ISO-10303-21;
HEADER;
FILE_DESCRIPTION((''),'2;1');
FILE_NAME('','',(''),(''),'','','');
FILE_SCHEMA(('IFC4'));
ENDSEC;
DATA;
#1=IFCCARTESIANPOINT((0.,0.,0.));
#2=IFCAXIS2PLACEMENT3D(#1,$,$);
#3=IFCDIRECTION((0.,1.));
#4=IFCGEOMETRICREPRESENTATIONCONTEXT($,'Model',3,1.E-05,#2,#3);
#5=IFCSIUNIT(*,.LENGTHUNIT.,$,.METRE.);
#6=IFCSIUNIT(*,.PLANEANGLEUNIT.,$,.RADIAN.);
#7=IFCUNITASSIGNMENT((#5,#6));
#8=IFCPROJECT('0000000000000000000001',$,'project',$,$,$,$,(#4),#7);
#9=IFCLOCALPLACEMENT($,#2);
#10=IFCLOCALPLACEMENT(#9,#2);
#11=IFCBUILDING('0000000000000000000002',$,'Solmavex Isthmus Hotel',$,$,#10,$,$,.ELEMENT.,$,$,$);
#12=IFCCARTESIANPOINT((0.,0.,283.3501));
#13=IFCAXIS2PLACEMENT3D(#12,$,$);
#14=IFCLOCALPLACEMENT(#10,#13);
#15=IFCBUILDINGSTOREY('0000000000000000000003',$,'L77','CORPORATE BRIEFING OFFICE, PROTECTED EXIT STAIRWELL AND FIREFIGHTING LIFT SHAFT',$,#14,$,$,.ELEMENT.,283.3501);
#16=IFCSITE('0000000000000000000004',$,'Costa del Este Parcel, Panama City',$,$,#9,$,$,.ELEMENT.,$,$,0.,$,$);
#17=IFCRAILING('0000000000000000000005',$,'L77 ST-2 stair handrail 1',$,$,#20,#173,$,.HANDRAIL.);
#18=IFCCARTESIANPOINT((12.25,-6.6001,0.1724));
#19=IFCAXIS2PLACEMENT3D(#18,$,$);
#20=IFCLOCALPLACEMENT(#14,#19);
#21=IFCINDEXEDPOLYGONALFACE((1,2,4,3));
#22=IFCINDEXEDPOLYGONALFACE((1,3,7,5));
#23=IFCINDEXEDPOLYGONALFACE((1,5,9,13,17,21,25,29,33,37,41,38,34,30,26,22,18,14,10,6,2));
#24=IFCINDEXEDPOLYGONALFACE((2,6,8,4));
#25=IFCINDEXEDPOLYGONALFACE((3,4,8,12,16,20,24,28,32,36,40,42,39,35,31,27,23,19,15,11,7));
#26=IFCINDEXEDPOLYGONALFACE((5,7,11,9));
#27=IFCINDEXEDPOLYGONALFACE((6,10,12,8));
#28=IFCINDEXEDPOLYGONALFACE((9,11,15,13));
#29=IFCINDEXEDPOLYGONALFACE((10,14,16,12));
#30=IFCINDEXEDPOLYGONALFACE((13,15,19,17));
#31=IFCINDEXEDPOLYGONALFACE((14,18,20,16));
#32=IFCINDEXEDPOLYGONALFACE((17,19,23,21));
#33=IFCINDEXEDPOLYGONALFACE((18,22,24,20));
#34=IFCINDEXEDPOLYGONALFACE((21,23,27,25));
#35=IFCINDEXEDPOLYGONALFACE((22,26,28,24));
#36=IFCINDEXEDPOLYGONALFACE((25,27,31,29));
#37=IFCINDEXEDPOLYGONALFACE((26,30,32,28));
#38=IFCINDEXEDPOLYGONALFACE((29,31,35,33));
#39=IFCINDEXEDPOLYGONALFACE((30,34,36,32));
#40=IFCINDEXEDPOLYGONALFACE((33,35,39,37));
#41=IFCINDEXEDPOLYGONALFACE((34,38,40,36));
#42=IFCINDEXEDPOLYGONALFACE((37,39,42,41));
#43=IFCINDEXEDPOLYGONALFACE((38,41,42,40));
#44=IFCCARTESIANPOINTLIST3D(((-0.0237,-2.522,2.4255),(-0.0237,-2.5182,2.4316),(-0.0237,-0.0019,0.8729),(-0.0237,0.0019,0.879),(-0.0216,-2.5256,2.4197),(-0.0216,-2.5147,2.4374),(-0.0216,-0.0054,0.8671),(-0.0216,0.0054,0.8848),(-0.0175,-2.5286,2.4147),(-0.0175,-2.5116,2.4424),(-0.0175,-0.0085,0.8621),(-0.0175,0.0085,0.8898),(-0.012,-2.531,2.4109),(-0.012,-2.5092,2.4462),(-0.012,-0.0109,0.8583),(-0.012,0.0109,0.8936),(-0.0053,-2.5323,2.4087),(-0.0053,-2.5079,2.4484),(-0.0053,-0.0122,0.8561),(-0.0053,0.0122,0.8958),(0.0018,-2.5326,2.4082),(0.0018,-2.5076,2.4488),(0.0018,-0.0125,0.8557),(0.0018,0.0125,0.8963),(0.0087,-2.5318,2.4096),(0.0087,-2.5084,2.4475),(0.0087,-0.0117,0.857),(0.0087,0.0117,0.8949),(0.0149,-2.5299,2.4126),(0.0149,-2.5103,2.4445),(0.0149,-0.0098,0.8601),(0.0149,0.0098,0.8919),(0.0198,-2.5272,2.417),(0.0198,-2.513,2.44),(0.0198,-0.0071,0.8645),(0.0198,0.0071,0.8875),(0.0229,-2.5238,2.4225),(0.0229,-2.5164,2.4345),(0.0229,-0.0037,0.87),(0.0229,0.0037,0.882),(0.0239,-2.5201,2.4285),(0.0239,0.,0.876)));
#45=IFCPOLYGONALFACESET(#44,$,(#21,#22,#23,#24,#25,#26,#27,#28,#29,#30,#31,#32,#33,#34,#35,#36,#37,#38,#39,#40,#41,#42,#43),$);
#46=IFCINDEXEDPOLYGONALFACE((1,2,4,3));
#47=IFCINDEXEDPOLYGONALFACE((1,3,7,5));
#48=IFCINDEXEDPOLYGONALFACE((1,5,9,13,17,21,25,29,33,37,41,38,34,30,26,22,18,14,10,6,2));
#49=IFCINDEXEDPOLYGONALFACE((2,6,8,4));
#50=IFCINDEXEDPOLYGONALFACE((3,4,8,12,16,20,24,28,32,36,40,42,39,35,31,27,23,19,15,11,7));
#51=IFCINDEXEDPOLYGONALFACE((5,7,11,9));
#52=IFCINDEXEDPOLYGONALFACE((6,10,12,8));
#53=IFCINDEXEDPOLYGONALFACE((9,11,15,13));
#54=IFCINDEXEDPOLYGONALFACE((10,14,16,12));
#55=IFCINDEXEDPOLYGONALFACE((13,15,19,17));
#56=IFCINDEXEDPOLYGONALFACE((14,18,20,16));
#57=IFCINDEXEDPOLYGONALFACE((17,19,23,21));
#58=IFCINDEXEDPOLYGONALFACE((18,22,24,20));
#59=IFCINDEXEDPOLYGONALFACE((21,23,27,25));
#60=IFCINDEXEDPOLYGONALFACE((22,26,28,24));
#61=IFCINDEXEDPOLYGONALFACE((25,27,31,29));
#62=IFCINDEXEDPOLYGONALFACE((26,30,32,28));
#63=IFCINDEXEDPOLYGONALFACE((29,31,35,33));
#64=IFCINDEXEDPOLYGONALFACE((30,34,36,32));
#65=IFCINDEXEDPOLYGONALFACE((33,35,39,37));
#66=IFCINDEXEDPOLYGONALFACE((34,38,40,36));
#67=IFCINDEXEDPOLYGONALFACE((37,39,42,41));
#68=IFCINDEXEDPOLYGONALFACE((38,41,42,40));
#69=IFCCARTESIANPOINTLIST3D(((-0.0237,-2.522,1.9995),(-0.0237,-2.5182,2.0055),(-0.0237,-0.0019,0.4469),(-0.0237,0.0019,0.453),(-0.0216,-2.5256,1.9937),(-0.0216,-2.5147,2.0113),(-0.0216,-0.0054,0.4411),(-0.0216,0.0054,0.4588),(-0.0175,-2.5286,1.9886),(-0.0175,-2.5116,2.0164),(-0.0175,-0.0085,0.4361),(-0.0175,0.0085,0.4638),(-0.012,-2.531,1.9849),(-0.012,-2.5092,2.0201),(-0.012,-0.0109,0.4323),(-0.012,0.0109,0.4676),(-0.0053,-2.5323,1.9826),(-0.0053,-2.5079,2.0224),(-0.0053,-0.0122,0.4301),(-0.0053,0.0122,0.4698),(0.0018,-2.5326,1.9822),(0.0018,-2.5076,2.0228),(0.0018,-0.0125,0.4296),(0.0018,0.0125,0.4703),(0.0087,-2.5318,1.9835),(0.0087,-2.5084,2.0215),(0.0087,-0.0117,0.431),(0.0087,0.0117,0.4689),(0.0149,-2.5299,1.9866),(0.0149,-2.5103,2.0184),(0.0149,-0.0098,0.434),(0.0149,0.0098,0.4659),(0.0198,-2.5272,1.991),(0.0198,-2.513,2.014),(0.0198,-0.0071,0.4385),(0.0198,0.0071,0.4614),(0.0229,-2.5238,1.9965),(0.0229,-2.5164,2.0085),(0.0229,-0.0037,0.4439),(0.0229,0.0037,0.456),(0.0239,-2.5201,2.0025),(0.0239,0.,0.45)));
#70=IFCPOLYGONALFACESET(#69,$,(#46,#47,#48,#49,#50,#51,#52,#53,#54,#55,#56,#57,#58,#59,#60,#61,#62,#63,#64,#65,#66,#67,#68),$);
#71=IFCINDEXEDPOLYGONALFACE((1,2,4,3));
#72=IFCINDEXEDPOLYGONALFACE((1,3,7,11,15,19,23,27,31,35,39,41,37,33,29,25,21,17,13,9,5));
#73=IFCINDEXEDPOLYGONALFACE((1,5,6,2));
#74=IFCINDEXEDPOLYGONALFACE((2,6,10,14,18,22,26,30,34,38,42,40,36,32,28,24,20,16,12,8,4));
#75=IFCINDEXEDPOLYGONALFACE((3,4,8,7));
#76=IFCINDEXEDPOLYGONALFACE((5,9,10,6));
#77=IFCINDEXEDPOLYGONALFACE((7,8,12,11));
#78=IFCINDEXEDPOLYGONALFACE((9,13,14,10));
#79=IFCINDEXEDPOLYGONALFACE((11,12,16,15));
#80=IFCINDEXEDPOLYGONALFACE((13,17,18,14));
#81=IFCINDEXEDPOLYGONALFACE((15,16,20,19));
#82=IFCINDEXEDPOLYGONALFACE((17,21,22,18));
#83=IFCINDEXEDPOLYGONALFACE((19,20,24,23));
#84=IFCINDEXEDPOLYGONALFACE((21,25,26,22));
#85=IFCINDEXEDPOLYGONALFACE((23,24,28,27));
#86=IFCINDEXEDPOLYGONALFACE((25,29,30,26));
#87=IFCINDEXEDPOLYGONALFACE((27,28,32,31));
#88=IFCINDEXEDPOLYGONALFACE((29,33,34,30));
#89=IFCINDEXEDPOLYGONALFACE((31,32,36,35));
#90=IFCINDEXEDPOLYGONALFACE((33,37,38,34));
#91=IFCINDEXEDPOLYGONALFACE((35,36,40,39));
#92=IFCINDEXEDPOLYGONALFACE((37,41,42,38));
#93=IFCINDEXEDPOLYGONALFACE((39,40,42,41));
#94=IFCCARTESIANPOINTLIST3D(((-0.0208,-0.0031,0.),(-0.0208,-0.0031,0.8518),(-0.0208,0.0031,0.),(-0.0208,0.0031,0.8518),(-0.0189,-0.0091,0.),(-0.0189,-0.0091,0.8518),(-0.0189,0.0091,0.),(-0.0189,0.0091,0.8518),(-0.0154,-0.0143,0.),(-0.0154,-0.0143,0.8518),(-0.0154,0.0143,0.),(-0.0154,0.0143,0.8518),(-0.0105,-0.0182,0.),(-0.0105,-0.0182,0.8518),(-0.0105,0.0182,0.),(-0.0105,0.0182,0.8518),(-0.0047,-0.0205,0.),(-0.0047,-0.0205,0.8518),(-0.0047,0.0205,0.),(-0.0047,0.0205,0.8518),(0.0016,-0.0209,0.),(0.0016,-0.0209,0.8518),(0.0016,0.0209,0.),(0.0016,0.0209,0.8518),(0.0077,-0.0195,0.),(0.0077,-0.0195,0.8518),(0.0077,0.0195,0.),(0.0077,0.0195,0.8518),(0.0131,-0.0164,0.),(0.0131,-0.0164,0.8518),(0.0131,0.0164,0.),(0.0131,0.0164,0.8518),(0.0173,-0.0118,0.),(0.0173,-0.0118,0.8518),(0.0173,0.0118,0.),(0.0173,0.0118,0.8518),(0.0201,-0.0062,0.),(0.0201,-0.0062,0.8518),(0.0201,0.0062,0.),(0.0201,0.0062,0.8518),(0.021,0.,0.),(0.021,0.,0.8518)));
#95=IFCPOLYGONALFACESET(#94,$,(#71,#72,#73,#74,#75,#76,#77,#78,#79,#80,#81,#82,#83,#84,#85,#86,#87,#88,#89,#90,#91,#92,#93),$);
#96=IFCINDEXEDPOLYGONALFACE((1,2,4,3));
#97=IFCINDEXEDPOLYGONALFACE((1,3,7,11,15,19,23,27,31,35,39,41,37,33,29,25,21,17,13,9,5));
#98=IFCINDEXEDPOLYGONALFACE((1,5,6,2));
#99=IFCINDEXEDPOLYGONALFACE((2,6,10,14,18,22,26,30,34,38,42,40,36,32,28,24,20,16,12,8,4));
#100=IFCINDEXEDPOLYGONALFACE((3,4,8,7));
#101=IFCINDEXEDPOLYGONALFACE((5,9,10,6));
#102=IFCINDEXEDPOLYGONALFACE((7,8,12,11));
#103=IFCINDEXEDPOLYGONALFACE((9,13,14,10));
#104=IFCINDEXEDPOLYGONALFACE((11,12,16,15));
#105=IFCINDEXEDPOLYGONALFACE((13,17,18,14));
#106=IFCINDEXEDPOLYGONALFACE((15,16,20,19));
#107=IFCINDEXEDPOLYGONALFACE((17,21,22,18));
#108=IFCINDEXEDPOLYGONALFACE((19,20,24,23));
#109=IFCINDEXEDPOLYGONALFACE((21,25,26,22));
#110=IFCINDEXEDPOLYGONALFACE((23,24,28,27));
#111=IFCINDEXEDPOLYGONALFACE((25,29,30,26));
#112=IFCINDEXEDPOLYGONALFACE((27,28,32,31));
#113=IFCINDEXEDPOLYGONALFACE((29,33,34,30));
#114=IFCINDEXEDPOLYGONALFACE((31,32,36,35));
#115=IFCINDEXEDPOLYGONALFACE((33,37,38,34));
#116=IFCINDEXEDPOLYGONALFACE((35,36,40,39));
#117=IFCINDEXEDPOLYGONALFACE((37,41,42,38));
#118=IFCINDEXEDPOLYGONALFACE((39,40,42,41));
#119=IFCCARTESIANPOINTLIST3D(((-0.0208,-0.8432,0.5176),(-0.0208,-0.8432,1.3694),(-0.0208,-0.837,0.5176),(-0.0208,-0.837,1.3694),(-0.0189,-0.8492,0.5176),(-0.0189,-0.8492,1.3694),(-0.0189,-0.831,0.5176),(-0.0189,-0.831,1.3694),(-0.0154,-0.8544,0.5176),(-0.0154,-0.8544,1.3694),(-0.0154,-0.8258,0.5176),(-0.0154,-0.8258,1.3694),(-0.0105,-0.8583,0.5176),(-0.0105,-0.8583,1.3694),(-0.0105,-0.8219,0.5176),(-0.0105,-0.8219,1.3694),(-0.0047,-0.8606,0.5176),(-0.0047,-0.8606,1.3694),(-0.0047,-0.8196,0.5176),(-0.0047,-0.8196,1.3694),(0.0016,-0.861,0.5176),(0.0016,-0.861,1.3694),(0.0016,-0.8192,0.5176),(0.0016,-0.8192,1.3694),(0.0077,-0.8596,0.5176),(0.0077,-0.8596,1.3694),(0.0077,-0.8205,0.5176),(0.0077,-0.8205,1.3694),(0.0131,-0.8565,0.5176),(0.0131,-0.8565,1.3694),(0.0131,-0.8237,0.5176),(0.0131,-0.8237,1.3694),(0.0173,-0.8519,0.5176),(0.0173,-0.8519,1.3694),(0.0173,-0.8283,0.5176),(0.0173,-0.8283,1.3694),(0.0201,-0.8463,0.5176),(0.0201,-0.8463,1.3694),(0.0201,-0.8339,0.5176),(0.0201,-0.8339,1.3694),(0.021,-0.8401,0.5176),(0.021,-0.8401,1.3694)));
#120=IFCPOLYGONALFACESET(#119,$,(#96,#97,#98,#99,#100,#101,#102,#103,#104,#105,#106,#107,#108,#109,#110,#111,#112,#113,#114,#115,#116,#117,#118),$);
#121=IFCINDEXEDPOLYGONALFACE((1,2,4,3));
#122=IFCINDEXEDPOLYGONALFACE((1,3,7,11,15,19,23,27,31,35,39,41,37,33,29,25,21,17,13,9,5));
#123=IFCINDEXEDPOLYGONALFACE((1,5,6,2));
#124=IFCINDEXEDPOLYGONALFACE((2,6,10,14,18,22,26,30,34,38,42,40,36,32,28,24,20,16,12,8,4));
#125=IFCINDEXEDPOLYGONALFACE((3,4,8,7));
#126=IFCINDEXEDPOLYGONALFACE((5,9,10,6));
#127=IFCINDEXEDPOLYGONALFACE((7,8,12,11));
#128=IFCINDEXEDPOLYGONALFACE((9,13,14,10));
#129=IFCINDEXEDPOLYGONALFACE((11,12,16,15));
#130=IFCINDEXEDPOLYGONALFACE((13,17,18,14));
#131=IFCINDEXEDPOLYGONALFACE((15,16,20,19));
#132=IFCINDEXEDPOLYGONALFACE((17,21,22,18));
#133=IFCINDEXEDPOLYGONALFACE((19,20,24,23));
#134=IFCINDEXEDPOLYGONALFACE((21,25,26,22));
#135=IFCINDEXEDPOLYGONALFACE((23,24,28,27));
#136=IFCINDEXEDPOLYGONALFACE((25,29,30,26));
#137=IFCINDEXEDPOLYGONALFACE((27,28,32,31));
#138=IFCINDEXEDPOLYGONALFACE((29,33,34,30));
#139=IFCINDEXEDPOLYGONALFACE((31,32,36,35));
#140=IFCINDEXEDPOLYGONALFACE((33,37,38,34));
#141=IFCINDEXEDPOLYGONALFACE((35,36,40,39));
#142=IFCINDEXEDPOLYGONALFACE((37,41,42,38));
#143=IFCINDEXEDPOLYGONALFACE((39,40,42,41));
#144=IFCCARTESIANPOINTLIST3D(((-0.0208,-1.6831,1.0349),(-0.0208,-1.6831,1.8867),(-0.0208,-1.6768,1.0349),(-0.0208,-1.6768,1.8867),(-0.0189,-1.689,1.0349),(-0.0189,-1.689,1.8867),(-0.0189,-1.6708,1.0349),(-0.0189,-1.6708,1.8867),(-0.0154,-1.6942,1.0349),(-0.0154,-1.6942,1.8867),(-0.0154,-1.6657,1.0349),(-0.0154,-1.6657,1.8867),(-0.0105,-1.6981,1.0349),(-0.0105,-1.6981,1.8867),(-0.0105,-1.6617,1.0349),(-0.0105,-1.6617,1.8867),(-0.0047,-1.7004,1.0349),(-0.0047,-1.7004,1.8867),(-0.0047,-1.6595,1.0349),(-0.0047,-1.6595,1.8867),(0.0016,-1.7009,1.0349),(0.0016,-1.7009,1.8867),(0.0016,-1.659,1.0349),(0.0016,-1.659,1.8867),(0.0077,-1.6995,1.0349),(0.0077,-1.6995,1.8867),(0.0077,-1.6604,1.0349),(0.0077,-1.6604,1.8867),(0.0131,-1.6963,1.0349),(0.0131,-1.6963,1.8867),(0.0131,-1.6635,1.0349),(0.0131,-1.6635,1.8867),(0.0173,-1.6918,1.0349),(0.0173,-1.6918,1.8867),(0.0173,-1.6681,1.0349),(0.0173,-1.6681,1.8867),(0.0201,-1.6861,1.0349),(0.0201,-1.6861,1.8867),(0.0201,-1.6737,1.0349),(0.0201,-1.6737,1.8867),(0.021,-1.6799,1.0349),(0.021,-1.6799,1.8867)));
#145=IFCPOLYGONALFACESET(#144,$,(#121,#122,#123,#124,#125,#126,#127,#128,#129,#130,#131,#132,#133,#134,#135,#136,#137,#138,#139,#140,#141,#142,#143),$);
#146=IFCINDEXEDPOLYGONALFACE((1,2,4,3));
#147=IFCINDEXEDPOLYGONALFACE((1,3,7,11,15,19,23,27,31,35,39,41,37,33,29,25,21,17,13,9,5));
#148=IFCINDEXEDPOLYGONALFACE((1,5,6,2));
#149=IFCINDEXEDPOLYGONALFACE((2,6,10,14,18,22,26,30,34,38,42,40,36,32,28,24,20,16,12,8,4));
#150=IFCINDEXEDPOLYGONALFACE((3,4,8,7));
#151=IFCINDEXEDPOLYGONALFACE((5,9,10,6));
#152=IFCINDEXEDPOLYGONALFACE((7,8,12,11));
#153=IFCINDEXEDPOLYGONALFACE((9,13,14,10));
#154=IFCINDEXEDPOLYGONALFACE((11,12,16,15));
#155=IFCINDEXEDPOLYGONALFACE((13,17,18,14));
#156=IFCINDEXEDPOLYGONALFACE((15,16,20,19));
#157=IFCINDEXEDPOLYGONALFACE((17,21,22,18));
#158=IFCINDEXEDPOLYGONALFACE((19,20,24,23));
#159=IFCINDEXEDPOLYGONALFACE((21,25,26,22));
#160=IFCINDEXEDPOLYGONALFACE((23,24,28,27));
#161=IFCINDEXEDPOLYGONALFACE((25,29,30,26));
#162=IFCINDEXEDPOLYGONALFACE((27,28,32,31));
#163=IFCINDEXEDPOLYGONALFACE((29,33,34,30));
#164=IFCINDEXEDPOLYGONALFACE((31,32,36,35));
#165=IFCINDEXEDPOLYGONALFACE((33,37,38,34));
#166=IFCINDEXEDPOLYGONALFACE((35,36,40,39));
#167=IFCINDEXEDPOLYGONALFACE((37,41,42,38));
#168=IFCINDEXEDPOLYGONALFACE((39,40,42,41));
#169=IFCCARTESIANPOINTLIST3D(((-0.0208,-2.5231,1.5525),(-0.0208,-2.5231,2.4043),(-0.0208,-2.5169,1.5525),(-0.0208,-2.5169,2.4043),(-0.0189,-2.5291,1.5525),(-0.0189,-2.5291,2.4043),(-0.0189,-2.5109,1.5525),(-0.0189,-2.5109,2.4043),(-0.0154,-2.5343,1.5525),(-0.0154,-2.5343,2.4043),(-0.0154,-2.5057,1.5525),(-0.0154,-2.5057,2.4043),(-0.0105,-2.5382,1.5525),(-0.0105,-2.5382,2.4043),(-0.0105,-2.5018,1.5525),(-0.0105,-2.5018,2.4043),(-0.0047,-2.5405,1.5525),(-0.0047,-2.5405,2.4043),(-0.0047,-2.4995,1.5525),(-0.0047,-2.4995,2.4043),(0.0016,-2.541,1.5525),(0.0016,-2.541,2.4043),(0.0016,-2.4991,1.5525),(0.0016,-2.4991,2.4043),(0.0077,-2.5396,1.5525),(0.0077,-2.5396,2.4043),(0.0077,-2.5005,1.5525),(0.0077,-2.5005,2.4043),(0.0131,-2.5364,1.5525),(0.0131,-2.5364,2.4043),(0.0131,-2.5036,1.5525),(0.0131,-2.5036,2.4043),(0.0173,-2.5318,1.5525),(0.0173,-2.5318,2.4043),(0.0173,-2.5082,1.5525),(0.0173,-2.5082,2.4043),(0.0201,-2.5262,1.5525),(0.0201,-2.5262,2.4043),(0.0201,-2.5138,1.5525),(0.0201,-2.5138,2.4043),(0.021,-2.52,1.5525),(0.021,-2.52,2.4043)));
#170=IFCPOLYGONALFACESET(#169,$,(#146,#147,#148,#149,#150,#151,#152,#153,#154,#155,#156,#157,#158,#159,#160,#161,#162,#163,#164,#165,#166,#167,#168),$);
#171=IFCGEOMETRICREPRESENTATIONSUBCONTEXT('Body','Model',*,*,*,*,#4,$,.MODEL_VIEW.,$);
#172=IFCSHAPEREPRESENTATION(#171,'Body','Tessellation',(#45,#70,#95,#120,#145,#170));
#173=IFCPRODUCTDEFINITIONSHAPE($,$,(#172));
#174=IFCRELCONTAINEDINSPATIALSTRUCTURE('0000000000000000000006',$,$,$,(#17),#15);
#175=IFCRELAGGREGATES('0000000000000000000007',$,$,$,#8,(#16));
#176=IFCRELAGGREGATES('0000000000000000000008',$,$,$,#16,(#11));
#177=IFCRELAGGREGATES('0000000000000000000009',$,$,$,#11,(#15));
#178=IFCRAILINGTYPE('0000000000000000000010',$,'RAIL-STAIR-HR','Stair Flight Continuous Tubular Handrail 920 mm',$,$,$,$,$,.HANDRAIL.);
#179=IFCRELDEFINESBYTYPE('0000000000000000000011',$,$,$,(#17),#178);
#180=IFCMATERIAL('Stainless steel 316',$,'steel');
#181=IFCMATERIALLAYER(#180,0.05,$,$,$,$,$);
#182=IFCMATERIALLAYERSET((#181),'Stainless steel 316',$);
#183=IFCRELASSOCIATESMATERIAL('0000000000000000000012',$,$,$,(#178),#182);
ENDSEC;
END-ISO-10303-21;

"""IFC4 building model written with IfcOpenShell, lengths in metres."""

from ifc_helpers import new_model, si_unit, direction, frame, origin, origin_2d, place, context, subcontext, project, spatial, circle, extrude, material, layer, layer_set, type_object, element, save


model = new_model("IFC4")

# Units and contexts
model_context = context("Model", 3, precision=1e-05, world=origin(), true_north=direction((0.0, 1.0)))
body_context = subcontext(model_context, "Body", "Model", "MODEL_VIEW")
ifc_project = project(units=[si_unit("LENGTHUNIT", "METRE"), si_unit("PLANEANGLEUNIT", "RADIAN")], contexts=[model_context])

# Site, building, storey
site_placement = place(None, origin())
site = spatial("IfcSite", under=ifc_project, at=site_placement, Name="Costa del Este Parcel, Panama City", CompositionType="ELEMENT", RefElevation=0.0)
building_placement = place(site_placement, origin())
building = spatial("IfcBuilding", under=site, at=building_placement, Name="Solmavex Isthmus Hotel", CompositionType="ELEMENT")
storey_placement = place(building_placement, frame((0.0, 0.0, 283.3501)))
storey = spatial("IfcBuildingStorey", under=building, at=storey_placement, Name="L77", Description="CORPORATE BRIEFING OFFICE, PROTECTED EXIT STAIRWELL AND FIREFIGHTING LIFT SHAFT", CompositionType="ELEMENT", Elevation=283.3501)

# Railing
ifc_material_1 = material(Name="Stainless steel 316", Category="steel")
ifc_layer_1 = layer(ifc_material_1, 0.05)
ifc_layer_set_1 = layer_set([ifc_layer_1], Name="Stainless steel 316")
railing_type_1 = type_object("IfcRailingType", Name="RAIL-STAIR-HR", Description="Stair Flight Continuous Tubular Handrail 920 mm", PredefinedType="HANDRAIL", material=ifc_layer_set_1)
railing_1_placement = place(storey_placement, frame((12.25, -6.6001, 0.1724)))
element("IfcRailing", 1, at=railing_1_placement, inside=storey, type_object=railing_type_1, Name="L77 ST-2 stair handrail 1", PredefinedType="HANDRAIL", context=body_context, shape_type="SweptSolid", body=[
    extrude(circle(Radius=0.0239, at=origin_2d()), frame((0.0, 0.0, 0.876), z_axis=(0.0, -0.8514, 0.524516), x_axis=(1.0, 0.0, 0.0)), (0.0, 0.0, 1.0), 2.96),
    extrude(circle(Radius=0.0239, at=origin_2d()), frame((0.0, 0.0, 0.45), z_axis=(0.0, -0.8514, 0.524516), x_axis=(1.0, 0.0, 0.0)), (0.0, 0.0, 1.0), 2.96),
    extrude(circle(Radius=0.021, at=origin_2d()), origin(), (0.0, 0.0, 1.0), 0.8518),
    extrude(circle(Radius=0.021, at=origin_2d()), frame((0.0, -0.8401, 0.5176)), (0.0, 0.0, 1.0), 0.8518),
    extrude(circle(Radius=0.021, at=origin_2d()), frame((0.0, -1.6799, 1.0349)), (0.0, 0.0, 1.0), 0.8518),
    extrude(circle(Radius=0.021, at=origin_2d()), frame((0.0, -2.52, 1.5525)), (0.0, 0.0, 1.0), 0.8518),
])

save(model, "model.ifc")
